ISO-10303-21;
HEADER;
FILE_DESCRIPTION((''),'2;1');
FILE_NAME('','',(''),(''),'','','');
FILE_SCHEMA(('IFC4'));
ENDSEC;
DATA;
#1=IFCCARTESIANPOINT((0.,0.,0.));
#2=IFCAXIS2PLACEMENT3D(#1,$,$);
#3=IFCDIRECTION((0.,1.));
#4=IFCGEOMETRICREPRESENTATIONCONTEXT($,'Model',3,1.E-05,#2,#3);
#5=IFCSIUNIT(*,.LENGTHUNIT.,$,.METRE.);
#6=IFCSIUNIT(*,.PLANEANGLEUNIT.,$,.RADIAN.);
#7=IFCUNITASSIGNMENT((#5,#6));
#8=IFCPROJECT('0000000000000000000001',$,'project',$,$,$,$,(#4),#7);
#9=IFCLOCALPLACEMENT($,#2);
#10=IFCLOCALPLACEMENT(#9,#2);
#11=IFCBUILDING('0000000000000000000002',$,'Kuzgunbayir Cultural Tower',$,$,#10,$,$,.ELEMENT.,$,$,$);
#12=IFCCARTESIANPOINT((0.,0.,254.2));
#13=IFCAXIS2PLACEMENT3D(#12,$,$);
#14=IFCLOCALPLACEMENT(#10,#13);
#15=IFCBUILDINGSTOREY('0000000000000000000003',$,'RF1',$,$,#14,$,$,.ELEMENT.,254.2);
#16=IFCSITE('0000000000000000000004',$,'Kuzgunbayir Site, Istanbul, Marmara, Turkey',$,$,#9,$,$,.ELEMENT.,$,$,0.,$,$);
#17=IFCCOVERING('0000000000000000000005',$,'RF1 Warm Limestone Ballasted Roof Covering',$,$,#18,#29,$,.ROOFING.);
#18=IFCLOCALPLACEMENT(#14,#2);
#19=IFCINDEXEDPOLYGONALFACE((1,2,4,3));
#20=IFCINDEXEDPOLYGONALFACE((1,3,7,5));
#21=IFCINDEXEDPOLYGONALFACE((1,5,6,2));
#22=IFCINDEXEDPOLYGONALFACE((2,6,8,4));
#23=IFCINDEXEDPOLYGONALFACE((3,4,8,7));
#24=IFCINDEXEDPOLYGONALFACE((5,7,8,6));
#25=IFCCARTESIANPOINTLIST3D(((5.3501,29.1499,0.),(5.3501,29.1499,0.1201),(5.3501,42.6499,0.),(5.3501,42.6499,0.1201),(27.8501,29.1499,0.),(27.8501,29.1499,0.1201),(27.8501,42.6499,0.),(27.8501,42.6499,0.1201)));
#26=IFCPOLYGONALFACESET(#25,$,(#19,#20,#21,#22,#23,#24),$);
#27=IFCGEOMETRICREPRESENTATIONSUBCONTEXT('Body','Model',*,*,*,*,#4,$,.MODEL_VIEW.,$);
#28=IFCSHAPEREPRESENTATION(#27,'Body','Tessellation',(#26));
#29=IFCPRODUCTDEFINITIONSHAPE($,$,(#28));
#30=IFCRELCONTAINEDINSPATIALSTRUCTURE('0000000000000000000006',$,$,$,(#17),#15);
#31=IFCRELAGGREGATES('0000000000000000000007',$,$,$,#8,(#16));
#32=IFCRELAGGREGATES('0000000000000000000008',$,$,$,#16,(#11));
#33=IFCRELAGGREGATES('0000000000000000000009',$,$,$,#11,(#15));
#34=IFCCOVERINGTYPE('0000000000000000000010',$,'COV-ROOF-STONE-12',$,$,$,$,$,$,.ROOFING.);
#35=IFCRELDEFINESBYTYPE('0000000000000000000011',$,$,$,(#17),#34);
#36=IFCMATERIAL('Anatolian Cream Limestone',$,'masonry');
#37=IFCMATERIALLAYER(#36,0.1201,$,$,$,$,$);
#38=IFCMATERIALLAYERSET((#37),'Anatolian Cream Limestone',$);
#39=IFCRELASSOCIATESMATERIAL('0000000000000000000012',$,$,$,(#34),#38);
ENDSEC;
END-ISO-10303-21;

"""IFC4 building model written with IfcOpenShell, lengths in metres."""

from ifc_helpers import new_model, si_unit, direction, frame, origin, place, context, subcontext, project, spatial, polyline, outline, extrude, material, layer, layer_set, type_object, element, save


model = new_model("IFC4")

# Units and contexts
model_context = context("Model", 3, precision=1e-05, world=origin(), true_north=direction((0.0, 1.0)))
body_context = subcontext(model_context, "Body", "Model", "MODEL_VIEW")
ifc_project = project(units=[si_unit("LENGTHUNIT", "METRE"), si_unit("PLANEANGLEUNIT", "RADIAN")], contexts=[model_context])

# Site, building, storey
site_placement = place(None, origin())
site = spatial("IfcSite", under=ifc_project, at=site_placement, Name="Kuzgunbayir Site, Istanbul, Marmara, Turkey", CompositionType="ELEMENT", RefElevation=0.0)
building_placement = place(site_placement, origin())
building = spatial("IfcBuilding", under=site, at=building_placement, Name="Kuzgunbayir Cultural Tower", CompositionType="ELEMENT")
storey_placement = place(building_placement, frame((0.0, 0.0, 254.2)))
storey = spatial("IfcBuildingStorey", under=building, at=storey_placement, Name="RF1", CompositionType="ELEMENT", Elevation=254.2)

# Shared definitions
ifc_material_1 = material(Name="Anatolian Cream Limestone", Category="masonry")

# Covering
ifc_layer_1 = layer(ifc_material_1, 0.1201)
ifc_layer_set_1 = layer_set([ifc_layer_1], Name="Anatolian Cream Limestone")
covering_type_1 = type_object("IfcCoveringType", Name="COV-ROOF-STONE-12", PredefinedType="ROOFING", material=ifc_layer_set_1)
covering_1_placement = place(storey_placement, origin())
element("IfcCovering", 1, at=covering_1_placement, inside=storey, type_object=covering_type_1, Name="RF1 Warm Limestone Ballasted Roof Covering", PredefinedType="ROOFING", context=body_context, shape_type="SweptSolid", body=[
    extrude(outline(polyline([(5.3501, 29.1499), (27.8501, 29.1499), (27.8501, 42.6499), (5.3501, 42.6499), (5.3501, 29.1499)])), origin(), (0.0, 0.0, 1.0), 0.1201),
])

save(model, "model.ifc")
